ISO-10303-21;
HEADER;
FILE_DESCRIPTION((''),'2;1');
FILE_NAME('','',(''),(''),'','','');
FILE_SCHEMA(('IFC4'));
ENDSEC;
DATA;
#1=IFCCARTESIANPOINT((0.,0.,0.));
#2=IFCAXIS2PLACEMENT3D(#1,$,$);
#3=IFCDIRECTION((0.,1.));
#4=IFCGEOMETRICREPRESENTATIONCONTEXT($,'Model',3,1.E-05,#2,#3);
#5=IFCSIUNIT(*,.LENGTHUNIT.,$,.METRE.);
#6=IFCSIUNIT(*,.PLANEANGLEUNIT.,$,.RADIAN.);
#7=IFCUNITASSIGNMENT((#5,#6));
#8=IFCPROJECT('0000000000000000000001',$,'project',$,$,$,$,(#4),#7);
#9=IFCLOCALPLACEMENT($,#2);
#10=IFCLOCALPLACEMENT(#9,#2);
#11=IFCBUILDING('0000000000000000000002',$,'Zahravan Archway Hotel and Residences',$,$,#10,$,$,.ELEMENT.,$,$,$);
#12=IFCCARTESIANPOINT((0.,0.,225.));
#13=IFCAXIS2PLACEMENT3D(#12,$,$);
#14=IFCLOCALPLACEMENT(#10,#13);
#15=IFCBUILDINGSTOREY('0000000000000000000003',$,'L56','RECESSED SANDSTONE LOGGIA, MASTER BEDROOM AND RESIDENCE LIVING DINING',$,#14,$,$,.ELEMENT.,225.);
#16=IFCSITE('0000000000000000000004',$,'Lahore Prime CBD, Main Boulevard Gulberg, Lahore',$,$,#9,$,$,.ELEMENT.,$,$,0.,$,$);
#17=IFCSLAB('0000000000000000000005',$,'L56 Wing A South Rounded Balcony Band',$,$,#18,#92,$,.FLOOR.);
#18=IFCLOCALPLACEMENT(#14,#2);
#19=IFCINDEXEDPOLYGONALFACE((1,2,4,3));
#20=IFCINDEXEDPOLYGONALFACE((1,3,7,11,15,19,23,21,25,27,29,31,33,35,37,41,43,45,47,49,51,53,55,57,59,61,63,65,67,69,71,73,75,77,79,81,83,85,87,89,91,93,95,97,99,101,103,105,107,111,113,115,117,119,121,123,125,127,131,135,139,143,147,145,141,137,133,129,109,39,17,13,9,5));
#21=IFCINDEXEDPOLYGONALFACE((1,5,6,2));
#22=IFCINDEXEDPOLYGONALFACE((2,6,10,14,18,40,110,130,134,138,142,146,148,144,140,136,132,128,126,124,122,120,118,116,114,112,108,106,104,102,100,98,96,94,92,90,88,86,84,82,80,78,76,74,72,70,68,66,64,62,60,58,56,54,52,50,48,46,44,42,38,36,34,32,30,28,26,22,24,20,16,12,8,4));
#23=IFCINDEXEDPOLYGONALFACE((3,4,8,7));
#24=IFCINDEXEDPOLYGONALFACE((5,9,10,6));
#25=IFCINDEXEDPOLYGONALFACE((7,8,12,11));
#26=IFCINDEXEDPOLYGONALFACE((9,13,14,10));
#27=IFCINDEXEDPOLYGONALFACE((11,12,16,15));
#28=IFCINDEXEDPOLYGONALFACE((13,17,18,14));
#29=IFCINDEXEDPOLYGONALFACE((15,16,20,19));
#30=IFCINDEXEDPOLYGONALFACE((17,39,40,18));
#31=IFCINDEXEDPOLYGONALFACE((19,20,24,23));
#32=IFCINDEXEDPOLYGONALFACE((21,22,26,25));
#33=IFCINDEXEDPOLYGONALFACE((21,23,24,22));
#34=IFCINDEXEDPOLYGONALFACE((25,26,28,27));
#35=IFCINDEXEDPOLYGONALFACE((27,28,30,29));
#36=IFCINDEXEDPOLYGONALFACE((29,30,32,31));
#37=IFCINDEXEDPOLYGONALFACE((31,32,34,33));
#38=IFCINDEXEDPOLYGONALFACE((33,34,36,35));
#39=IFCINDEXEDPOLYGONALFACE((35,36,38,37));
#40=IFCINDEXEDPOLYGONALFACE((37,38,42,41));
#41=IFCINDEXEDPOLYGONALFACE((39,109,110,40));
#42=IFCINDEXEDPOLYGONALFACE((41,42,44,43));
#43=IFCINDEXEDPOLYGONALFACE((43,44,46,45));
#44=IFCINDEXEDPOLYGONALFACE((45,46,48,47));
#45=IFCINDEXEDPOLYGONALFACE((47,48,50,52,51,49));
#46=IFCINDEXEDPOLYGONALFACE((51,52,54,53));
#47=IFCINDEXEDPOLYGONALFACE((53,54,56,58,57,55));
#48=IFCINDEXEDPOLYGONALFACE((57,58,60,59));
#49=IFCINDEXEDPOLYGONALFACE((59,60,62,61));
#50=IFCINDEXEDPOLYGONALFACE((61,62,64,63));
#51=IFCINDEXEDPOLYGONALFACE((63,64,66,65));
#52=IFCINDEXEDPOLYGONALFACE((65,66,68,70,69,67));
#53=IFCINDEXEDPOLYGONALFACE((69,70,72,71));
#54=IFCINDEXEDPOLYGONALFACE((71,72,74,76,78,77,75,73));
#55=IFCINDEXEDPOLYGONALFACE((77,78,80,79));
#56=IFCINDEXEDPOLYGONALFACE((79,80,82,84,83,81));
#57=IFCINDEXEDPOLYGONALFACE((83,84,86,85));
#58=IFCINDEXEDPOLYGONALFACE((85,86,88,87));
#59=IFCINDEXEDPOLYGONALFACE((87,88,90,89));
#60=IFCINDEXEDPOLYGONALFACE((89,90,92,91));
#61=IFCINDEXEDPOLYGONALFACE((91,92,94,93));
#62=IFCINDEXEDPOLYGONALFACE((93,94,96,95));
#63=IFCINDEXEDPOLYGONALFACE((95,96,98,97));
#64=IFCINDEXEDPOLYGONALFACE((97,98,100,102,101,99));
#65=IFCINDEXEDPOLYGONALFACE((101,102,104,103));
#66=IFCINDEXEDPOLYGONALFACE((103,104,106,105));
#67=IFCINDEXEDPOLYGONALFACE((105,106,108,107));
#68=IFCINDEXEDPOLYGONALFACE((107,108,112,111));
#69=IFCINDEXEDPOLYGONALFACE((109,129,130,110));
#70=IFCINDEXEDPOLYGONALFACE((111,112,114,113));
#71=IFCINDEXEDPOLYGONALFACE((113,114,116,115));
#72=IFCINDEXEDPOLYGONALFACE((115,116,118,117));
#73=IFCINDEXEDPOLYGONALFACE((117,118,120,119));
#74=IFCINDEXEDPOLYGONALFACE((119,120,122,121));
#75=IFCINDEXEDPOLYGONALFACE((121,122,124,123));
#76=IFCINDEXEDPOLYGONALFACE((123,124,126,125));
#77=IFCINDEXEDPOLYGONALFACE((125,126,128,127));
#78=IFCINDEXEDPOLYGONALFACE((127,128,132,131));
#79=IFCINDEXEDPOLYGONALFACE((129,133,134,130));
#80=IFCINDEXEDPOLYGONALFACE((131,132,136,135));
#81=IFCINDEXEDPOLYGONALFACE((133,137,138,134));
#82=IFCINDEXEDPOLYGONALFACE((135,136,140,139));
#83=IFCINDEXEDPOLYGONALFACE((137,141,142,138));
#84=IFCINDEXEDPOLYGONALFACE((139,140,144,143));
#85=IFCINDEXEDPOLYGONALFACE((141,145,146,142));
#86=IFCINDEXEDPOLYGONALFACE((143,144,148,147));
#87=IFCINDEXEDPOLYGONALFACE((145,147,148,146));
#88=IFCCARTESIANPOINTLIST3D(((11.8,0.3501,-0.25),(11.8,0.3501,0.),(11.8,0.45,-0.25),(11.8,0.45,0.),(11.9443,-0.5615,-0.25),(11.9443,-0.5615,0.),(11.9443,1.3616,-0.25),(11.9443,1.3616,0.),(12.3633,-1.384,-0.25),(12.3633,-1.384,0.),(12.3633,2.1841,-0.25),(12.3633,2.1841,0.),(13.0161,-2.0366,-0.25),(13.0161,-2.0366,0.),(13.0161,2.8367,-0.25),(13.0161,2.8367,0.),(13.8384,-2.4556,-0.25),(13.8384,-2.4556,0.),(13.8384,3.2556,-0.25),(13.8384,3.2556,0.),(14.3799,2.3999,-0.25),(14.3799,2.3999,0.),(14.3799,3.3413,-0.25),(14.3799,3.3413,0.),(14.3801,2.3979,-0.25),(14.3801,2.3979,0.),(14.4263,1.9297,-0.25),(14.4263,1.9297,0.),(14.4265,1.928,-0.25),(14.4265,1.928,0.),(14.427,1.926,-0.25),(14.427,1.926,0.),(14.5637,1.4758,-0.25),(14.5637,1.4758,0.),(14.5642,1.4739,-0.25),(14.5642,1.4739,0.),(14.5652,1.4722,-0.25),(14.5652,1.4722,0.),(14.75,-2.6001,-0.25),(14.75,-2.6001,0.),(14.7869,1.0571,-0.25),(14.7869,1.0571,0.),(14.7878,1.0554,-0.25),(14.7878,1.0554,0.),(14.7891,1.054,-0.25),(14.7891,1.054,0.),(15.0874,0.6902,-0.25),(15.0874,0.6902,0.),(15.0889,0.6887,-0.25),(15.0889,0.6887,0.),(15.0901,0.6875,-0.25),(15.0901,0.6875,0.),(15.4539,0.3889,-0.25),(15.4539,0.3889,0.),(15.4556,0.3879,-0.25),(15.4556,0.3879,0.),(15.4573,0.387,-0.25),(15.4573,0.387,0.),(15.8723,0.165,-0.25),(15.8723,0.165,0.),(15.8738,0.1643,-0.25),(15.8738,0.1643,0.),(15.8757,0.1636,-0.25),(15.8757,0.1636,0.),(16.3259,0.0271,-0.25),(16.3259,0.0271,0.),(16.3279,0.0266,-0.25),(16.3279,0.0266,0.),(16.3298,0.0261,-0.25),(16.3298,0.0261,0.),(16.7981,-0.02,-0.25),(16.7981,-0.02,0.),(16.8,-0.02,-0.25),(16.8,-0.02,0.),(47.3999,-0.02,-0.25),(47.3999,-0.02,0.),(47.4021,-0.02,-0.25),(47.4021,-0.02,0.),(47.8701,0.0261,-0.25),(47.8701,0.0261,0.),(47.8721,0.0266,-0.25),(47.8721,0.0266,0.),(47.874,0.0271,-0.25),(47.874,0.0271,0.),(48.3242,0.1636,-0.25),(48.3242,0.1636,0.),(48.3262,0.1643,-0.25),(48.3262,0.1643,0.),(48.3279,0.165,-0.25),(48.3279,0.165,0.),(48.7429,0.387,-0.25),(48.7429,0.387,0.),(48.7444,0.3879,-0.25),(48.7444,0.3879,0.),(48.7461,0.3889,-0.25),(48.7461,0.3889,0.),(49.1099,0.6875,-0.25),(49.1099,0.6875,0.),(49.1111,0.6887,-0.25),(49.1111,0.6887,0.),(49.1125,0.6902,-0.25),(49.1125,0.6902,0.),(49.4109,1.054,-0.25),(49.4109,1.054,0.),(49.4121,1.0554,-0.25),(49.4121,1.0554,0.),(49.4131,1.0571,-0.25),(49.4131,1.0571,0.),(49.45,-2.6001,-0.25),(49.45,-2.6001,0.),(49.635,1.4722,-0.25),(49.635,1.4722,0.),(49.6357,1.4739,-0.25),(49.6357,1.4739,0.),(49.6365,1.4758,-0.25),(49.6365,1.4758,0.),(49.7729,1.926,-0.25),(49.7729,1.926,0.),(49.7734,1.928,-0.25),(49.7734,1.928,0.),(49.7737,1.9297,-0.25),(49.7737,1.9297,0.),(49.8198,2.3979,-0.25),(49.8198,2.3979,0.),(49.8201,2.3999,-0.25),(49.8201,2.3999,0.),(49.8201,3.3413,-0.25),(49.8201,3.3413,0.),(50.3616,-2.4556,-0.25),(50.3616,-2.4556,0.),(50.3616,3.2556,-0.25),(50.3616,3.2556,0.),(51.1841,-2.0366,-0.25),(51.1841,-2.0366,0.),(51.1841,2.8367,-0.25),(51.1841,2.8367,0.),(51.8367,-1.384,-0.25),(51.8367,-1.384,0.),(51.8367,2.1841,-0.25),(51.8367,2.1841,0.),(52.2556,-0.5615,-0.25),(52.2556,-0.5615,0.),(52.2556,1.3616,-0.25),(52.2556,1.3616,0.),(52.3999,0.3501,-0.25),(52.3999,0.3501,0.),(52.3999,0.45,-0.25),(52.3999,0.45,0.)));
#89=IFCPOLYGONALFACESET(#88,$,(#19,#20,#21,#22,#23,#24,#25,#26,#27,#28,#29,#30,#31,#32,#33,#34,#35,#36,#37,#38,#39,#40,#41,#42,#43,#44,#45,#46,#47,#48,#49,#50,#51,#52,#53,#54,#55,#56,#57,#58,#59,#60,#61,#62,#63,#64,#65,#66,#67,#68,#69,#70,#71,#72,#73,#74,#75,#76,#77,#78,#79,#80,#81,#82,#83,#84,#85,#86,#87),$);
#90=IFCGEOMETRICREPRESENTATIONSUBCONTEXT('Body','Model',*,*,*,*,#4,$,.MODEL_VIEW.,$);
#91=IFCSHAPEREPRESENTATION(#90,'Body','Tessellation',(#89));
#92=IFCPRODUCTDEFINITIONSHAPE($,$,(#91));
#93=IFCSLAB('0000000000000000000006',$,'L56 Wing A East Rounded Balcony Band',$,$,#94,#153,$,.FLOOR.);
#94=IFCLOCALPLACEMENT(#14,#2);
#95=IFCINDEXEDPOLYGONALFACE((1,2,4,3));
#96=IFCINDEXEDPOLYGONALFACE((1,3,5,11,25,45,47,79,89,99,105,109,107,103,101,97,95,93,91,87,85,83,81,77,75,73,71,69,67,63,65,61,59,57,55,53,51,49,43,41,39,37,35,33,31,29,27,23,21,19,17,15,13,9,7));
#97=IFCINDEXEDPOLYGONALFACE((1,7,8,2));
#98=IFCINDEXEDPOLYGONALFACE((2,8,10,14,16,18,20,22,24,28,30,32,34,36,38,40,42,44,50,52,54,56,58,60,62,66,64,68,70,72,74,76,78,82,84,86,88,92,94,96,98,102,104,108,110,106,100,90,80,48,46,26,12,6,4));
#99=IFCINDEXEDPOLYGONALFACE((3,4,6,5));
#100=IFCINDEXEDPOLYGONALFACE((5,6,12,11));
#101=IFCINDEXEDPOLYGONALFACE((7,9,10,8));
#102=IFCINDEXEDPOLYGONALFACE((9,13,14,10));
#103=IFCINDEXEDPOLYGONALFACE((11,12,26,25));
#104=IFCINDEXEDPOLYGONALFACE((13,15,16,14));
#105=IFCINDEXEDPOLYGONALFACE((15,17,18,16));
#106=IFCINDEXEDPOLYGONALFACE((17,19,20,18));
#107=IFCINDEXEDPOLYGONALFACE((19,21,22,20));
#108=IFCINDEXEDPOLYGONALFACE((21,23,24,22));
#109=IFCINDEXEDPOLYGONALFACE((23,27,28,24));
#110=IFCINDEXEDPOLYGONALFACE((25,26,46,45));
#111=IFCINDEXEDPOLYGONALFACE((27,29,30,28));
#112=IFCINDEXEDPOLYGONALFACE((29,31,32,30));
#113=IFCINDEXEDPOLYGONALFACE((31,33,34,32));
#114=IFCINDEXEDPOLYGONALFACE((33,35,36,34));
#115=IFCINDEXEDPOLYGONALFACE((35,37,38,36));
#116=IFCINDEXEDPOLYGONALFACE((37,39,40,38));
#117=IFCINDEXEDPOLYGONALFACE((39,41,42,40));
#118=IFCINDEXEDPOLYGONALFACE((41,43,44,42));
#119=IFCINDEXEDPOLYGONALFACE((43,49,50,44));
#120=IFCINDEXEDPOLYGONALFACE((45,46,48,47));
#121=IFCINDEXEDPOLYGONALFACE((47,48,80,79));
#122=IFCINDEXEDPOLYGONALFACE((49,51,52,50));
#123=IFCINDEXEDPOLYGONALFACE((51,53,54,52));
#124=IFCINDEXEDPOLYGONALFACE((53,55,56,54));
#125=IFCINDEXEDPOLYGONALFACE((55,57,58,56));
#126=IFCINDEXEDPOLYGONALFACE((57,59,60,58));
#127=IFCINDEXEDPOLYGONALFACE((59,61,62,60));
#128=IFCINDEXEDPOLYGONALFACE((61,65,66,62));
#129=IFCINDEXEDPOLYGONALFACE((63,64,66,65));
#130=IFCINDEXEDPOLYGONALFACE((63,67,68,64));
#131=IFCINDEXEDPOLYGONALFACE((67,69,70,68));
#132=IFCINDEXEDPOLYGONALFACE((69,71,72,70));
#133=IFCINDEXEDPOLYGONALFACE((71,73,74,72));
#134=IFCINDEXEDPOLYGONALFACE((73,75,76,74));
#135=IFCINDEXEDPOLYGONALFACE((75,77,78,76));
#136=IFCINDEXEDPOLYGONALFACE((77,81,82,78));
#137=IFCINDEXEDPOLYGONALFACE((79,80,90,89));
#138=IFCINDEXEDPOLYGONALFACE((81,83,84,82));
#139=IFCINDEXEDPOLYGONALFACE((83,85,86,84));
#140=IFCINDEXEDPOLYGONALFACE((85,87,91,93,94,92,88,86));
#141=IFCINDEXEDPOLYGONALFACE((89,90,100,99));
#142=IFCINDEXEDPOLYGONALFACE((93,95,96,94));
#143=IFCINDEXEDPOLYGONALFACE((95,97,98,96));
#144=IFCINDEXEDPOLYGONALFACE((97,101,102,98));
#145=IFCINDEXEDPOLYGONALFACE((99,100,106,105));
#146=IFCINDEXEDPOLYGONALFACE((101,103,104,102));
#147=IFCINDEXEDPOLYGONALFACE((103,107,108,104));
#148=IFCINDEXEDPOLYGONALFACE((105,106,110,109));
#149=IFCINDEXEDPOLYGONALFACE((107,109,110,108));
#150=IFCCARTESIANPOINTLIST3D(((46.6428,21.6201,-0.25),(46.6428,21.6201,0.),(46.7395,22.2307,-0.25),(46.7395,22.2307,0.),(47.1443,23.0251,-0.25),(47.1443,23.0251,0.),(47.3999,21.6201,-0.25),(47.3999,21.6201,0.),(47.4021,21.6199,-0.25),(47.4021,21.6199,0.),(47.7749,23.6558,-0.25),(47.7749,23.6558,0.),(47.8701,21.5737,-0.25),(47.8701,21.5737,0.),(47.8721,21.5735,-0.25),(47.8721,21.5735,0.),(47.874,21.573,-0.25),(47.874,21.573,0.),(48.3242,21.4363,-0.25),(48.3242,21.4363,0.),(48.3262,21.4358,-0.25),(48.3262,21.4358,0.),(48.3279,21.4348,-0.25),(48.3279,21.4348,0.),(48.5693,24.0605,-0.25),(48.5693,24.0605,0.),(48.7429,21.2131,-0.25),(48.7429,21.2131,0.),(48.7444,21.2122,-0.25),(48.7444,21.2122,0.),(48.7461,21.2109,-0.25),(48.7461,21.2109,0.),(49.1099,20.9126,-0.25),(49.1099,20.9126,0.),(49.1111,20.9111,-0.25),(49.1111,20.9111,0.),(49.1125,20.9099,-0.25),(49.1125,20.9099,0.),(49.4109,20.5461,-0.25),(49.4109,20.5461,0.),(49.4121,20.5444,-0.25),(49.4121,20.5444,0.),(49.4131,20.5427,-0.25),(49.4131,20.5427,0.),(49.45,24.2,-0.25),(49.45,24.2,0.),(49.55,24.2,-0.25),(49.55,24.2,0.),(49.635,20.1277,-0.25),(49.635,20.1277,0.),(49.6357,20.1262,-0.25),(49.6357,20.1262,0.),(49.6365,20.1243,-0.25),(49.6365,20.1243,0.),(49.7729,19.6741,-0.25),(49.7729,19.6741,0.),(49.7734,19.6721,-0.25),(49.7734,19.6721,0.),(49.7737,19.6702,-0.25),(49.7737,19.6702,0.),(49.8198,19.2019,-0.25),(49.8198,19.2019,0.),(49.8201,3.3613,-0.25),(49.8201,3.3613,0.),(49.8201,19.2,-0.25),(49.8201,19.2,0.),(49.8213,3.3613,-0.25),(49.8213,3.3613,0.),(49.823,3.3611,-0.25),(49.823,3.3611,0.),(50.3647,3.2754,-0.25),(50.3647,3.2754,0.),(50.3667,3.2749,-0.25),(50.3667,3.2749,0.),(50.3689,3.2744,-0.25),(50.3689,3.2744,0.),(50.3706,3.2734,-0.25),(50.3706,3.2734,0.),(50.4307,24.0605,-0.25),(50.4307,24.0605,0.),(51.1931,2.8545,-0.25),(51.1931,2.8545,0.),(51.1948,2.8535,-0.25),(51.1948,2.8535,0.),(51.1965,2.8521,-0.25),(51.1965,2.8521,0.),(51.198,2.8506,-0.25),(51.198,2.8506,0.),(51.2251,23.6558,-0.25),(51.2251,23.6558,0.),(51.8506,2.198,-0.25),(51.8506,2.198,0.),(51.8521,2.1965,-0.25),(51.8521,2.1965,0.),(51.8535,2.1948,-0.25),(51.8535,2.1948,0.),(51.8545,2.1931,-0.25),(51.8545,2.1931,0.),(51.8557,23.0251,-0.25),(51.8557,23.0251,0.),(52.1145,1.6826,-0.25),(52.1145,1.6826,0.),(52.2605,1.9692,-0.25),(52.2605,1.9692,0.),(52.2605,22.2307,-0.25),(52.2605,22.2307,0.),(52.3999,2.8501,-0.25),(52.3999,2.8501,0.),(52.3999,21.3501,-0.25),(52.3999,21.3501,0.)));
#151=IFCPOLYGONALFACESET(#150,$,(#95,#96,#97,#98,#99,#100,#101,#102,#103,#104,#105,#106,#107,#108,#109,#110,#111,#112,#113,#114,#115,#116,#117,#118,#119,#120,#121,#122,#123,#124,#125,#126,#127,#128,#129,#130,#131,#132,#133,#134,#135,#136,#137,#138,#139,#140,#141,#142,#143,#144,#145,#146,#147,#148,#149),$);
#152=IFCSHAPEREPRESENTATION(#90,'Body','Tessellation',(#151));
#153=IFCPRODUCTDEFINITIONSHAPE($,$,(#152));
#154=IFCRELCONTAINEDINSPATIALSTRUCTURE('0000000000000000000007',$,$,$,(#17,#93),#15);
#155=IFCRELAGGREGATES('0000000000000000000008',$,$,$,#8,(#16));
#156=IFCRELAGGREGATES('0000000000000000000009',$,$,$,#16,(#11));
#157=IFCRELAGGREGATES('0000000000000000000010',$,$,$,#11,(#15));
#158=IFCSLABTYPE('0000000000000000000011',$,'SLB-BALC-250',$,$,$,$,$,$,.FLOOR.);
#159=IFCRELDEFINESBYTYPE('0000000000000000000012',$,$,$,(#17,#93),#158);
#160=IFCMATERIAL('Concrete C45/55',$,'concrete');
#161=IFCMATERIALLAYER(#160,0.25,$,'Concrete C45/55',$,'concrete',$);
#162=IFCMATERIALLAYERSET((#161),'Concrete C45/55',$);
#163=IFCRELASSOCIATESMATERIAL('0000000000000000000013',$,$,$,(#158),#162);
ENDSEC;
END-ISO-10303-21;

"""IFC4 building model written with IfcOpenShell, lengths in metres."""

from ifc_helpers import new_model, si_unit, direction, frame, origin, place, context, subcontext, project, spatial, polyline, outline, extrude, material, layer, layer_set, type_object, element, save


model = new_model("IFC4")

# Units and contexts
model_context = context("Model", 3, precision=1e-05, world=origin(), true_north=direction((0.0, 1.0)))
body_context = subcontext(model_context, "Body", "Model", "MODEL_VIEW")
ifc_project = project(units=[si_unit("LENGTHUNIT", "METRE"), si_unit("PLANEANGLEUNIT", "RADIAN")], contexts=[model_context])

# Site, building, storey
site_placement = place(None, origin())
site = spatial("IfcSite", under=ifc_project, at=site_placement, Name="Lahore Prime CBD, Main Boulevard Gulberg, Lahore", CompositionType="ELEMENT", RefElevation=0.0)
building_placement = place(site_placement, origin())
building = spatial("IfcBuilding", under=site, at=building_placement, Name="Zahravan Archway Hotel and Residences", CompositionType="ELEMENT")
storey_placement = place(building_placement, frame((0.0, 0.0, 225.0)))
storey = spatial("IfcBuildingStorey", under=building, at=storey_placement, Name="L56", Description="RECESSED SANDSTONE LOGGIA, MASTER BEDROOM AND RESIDENCE LIVING DINING", CompositionType="ELEMENT", Elevation=225.0)

# Slabs
ifc_material_1 = material(Name="Concrete C45/55", Category="concrete")
ifc_layer_1 = layer(ifc_material_1, 0.25, Name="Concrete C45/55", Category="concrete")
ifc_layer_set_1 = layer_set([ifc_layer_1], Name="Concrete C45/55")
slab_type_1 = type_object("IfcSlabType", Name="SLB-BALC-250", PredefinedType="FLOOR", material=ifc_layer_set_1)
slab_1_placement = place(storey_placement, frame((0.0, 0.0, -0.25)))
element("IfcSlab", 1, at=slab_1_placement, inside=storey, type_object=slab_type_1, Name="L56 Wing A South Rounded Balcony Band", PredefinedType="FLOOR", context=body_context, shape_type="SweptSolid", body=[
    extrude(outline(polyline([(50.3616, 3.2556), (51.1841, 2.8367), (51.8367, 2.1841), (52.2556, 1.3616), (52.3999, 0.45), (52.3999, 0.3501), (52.2556, -0.5615), (51.8367, -1.384), (51.1841, -2.0366), (50.3616, -2.4556), (49.45, -2.6001), (14.75, -2.6001), (13.8384, -2.4556), (13.0161, -2.0366), (12.3633, -1.384), (11.9443, -0.5615), (11.8, 0.3501), (11.8, 0.45), (11.9443, 1.3616), (12.3633, 2.1841), (13.0161, 2.8367), (13.8384, 3.2556), (14.3799, 3.3413), (14.3799, 2.3999), (14.3801, 2.3979), (14.4263, 1.9297), (14.4265, 1.928), (14.427, 1.926), (14.5637, 1.4758), (14.5642, 1.4739), (14.5652, 1.4722), (14.7869, 1.0571), (14.7878, 1.0554), (14.7891, 1.054), (15.0874, 0.6902), (15.0889, 0.6887), (15.0901, 0.6875), (15.4539, 0.3889), (15.4556, 0.3879), (15.4573, 0.387), (15.8723, 0.165), (15.8738, 0.1643), (15.8757, 0.1636), (16.3259, 0.0271), (16.3279, 0.0266), (16.3298, 0.0261), (16.7981, -0.02), (16.8, -0.02), (47.3999, -0.02), (47.4021, -0.02), (47.8701, 0.0261), (47.8721, 0.0266), (47.874, 0.0271), (48.3242, 0.1636), (48.3262, 0.1643), (48.3279, 0.165), (48.7429, 0.387), (48.7444, 0.3879), (48.7461, 0.3889), (49.1099, 0.6875), (49.1111, 0.6887), (49.1125, 0.6902), (49.4109, 1.054), (49.4121, 1.0554), (49.4131, 1.0571), (49.635, 1.4722), (49.6357, 1.4739), (49.6365, 1.4758), (49.7729, 1.926), (49.7734, 1.928), (49.7737, 1.9297), (49.8198, 2.3979), (49.8201, 2.3999), (49.8201, 3.3413), (50.3616, 3.2556)])), origin(), (0.0, 0.0, 1.0), 0.25),
])
slab_2_placement = place(storey_placement, frame((0.0, 0.0, -0.25)))
element("IfcSlab", 2, at=slab_2_placement, inside=storey, type_object=slab_type_1, Name="L56 Wing A East Rounded Balcony Band", PredefinedType="FLOOR", context=body_context, shape_type="SweptSolid", body=[
    extrude(outline(polyline([(46.7395, 22.2307), (47.1443, 23.0251), (47.7749, 23.6558), (48.5693, 24.0605), (49.45, 24.2), (49.55, 24.2), (50.4307, 24.0605), (51.2251, 23.6558), (51.8557, 23.0251), (52.2605, 22.2307), (52.3999, 21.3501), (52.3999, 2.8501), (52.2605, 1.9692), (52.1145, 1.6826), (51.8545, 2.1931), (51.8535, 2.1948), (51.8521, 2.1965), (51.8506, 2.198), (51.198, 2.8506), (51.1965, 2.8521), (51.1948, 2.8535), (51.1931, 2.8545), (50.3706, 3.2734), (50.3689, 3.2744), (50.3667, 3.2749), (50.3647, 3.2754), (49.823, 3.3611), (49.8213, 3.3613), (49.8201, 3.3613), (49.8201, 19.2), (49.8198, 19.2019), (49.7737, 19.6702), (49.7734, 19.6721), (49.7729, 19.6741), (49.6365, 20.1243), (49.6357, 20.1262), (49.635, 20.1277), (49.4131, 20.5427), (49.4121, 20.5444), (49.4109, 20.5461), (49.1125, 20.9099), (49.1111, 20.9111), (49.1099, 20.9126), (48.7461, 21.2109), (48.7444, 21.2122), (48.7429, 21.2131), (48.3279, 21.4348), (48.3262, 21.4358), (48.3242, 21.4363), (47.874, 21.573), (47.8721, 21.5735), (47.8701, 21.5737), (47.4021, 21.6199), (47.3999, 21.6201), (46.6428, 21.6201), (46.7395, 22.2307)])), origin(), (0.0, 0.0, 1.0), 0.25),
])

save(model, "model.ifc")
